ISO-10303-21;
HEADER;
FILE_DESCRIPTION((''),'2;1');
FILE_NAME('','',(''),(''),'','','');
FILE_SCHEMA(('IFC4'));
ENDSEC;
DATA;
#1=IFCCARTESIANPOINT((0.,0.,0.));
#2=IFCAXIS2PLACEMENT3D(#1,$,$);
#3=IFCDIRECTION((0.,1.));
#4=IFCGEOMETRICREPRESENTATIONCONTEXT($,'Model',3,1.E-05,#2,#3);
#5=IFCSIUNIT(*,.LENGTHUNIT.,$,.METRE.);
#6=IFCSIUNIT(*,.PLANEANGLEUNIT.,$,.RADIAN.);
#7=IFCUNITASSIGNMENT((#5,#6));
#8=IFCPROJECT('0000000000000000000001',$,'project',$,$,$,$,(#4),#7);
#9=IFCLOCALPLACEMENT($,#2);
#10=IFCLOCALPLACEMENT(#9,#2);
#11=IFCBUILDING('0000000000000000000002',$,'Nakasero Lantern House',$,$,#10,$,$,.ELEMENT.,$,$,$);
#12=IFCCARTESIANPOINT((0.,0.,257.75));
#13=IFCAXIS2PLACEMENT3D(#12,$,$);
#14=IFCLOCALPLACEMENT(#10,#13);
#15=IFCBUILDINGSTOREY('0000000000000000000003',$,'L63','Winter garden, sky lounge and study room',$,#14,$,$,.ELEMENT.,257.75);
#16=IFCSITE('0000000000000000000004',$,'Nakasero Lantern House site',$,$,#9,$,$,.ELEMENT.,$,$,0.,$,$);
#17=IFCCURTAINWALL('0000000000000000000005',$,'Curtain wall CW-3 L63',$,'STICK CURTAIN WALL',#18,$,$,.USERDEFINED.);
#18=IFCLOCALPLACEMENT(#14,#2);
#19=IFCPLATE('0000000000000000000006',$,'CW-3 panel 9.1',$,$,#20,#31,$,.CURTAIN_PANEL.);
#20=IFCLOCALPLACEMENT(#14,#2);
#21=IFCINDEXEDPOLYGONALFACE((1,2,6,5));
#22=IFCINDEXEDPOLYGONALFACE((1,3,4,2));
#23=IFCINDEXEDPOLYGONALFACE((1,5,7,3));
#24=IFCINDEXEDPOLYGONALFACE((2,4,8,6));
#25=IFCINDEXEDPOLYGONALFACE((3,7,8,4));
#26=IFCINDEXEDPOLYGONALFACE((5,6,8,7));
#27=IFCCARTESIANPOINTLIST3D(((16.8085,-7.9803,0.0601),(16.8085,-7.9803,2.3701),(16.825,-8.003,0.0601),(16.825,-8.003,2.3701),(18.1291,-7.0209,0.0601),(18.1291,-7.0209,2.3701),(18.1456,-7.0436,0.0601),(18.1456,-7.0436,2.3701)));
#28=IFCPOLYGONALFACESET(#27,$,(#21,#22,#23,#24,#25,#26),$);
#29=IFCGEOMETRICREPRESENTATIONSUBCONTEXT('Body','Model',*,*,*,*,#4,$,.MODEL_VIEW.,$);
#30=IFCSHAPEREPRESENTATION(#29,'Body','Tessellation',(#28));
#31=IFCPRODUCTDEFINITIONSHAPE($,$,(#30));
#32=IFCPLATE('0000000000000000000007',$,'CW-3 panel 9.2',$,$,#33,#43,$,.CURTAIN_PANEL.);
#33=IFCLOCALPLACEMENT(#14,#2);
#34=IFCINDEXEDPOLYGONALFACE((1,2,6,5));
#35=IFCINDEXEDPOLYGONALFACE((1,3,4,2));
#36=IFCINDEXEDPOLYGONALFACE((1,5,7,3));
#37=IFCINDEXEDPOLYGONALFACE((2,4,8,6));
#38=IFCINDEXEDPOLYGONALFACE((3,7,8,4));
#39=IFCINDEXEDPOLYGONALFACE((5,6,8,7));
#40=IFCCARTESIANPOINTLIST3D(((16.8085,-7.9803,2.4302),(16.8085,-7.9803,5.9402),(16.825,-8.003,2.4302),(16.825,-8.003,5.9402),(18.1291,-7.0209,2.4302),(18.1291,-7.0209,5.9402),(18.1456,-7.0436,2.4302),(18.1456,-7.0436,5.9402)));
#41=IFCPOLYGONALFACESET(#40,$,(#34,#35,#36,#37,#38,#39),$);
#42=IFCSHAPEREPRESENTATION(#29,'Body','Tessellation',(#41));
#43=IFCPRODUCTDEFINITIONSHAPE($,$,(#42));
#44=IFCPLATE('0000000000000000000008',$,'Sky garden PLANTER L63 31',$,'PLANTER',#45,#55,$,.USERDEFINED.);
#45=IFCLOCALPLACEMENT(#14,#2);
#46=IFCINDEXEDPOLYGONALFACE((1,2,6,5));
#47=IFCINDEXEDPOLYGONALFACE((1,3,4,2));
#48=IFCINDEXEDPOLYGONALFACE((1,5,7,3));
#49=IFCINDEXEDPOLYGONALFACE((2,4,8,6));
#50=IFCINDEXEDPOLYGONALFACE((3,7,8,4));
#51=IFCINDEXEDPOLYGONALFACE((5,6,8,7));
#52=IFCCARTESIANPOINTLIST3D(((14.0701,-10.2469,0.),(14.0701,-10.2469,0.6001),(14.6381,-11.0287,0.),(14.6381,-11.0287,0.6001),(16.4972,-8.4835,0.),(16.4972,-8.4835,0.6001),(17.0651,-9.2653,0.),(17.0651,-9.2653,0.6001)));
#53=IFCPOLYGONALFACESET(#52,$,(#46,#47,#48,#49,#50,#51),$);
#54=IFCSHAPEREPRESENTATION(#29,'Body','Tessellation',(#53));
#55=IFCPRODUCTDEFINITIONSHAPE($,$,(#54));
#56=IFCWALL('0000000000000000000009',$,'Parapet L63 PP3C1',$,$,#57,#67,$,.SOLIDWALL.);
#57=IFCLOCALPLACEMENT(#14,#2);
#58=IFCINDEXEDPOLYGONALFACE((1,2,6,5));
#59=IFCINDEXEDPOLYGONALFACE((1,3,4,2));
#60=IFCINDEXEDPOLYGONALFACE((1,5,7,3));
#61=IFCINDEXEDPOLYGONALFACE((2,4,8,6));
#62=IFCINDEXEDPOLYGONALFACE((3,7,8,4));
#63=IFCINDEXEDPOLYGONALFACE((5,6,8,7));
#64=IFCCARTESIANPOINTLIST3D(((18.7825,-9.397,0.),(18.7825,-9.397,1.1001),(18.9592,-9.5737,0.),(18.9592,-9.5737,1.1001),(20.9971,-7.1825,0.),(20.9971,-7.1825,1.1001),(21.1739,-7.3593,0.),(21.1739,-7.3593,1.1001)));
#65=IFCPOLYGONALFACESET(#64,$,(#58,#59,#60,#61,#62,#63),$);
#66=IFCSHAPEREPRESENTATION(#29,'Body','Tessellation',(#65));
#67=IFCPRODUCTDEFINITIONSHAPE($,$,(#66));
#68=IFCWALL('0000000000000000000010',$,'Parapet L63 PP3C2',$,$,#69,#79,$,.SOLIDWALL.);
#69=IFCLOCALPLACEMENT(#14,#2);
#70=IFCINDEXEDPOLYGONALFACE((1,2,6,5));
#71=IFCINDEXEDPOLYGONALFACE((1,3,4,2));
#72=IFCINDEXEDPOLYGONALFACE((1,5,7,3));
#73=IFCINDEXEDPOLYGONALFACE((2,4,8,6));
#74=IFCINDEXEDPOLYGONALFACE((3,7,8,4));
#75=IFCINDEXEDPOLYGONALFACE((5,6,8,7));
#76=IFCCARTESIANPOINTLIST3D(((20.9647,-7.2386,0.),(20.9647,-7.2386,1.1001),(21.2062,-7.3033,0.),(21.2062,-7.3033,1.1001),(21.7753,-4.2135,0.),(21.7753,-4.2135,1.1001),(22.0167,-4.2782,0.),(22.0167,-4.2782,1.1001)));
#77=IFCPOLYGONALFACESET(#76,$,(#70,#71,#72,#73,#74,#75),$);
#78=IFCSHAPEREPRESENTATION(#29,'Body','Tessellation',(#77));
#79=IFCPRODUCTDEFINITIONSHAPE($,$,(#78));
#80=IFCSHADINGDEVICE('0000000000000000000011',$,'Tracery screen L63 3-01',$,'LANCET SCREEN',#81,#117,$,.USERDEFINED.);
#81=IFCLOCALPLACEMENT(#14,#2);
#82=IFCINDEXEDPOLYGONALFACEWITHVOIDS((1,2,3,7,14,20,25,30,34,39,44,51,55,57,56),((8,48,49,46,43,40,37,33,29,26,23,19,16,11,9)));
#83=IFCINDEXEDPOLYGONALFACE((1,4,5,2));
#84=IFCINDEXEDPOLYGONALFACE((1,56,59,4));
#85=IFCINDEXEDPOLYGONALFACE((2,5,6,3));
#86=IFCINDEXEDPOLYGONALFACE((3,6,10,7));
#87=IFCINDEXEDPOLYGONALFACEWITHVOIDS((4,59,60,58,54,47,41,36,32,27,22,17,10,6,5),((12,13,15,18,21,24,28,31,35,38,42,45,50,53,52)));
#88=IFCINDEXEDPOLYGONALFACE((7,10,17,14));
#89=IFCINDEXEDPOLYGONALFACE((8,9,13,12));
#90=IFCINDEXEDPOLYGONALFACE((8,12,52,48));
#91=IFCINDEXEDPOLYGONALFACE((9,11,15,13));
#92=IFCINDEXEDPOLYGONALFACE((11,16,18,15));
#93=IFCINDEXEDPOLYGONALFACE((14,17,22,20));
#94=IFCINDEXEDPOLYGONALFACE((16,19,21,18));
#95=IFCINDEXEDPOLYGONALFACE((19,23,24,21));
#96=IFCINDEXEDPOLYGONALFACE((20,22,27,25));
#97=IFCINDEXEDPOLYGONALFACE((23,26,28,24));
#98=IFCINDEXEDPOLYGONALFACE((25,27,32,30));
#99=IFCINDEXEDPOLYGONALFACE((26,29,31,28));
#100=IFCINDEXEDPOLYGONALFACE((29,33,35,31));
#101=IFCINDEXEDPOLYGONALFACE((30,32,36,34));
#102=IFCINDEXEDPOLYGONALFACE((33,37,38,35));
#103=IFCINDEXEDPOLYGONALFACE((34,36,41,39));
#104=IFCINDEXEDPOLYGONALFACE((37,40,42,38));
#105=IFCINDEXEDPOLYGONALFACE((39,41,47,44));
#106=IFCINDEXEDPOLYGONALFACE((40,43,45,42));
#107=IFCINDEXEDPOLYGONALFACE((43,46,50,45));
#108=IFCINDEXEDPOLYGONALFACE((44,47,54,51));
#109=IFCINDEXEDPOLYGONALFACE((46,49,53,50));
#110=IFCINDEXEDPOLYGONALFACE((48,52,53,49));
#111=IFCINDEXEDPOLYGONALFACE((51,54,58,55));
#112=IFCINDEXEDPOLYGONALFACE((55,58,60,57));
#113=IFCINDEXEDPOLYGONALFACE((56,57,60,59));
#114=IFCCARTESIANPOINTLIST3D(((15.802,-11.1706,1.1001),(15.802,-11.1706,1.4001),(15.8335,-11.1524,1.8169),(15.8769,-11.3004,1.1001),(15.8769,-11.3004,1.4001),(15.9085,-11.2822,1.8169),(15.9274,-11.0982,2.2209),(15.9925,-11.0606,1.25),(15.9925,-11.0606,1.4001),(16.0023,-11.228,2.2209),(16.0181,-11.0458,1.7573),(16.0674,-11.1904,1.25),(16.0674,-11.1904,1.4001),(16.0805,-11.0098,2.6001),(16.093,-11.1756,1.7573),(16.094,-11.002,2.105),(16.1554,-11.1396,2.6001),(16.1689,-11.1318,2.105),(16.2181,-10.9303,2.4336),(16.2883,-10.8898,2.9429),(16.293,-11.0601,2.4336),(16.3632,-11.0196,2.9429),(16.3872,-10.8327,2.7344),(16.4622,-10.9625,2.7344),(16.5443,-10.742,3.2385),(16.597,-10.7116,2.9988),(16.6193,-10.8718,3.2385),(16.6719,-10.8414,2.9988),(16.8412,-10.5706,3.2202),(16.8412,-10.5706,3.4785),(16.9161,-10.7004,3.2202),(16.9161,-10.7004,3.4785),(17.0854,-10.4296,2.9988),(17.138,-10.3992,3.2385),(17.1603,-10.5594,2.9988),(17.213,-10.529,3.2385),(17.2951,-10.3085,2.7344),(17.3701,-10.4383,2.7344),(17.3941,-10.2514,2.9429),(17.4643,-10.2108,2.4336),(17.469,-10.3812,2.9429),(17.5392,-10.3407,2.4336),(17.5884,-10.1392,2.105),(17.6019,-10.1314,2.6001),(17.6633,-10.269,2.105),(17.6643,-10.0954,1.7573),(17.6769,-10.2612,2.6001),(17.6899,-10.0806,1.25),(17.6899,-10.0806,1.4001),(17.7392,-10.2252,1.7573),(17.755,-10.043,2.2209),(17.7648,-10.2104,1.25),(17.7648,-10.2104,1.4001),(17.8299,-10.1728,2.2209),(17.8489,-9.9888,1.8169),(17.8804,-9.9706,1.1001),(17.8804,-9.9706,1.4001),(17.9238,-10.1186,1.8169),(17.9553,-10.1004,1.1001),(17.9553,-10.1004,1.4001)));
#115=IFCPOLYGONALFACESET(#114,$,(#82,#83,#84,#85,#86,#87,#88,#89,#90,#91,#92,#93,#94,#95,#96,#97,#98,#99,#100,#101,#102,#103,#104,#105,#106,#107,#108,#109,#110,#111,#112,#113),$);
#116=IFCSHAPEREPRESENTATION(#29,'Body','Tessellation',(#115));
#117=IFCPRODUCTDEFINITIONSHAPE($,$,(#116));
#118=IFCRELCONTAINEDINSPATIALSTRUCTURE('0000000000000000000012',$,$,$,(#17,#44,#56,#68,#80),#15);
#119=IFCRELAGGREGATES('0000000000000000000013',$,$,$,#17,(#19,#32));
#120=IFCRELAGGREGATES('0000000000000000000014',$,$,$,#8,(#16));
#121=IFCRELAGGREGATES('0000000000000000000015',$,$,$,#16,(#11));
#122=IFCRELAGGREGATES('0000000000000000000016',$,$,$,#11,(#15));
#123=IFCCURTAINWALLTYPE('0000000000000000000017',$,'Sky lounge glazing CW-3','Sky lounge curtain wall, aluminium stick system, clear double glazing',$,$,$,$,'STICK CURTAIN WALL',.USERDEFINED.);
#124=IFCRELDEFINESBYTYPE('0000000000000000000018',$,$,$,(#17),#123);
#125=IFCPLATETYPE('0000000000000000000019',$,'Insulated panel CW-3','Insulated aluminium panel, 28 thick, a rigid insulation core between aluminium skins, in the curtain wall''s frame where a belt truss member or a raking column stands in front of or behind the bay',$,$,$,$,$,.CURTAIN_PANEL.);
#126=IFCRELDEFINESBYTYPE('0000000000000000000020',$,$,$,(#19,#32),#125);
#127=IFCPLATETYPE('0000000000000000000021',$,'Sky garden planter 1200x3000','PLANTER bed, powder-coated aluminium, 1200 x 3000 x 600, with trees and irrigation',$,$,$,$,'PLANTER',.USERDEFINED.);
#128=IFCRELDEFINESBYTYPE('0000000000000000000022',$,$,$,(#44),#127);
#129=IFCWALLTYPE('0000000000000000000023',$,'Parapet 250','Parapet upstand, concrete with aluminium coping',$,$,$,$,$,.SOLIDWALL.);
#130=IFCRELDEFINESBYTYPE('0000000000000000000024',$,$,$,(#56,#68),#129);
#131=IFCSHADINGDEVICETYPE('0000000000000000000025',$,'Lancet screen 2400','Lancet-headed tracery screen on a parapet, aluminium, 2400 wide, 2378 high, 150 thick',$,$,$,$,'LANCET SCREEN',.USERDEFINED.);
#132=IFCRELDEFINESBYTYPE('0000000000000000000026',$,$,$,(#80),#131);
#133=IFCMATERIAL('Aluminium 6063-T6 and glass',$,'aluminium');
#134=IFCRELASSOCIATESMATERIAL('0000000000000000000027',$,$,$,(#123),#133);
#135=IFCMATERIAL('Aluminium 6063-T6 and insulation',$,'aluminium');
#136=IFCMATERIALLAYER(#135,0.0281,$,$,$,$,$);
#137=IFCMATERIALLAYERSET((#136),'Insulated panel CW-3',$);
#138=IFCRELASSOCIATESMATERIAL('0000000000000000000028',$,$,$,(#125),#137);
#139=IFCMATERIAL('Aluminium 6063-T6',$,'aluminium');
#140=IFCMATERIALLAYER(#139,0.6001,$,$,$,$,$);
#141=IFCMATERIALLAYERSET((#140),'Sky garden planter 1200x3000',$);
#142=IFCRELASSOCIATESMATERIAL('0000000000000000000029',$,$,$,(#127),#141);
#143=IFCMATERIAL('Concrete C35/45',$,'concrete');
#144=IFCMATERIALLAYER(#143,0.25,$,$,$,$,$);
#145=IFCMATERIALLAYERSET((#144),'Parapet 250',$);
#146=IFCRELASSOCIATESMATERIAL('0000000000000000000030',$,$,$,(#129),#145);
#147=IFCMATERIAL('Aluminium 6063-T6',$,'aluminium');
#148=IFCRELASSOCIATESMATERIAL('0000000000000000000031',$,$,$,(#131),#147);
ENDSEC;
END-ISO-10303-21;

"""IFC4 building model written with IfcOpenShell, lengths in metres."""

from ifc_helpers import new_model, si_unit, direction, frame, frame_2d, origin, origin_2d, place, context, subcontext, project, spatial, polyline, rectangle, outline, extrude, material, layer, layer_set, type_object, element, aggregate, save


model = new_model("IFC4")

# Units and contexts
model_context = context("Model", 3, precision=1e-05, world=origin(), true_north=direction((0.0, 1.0)))
body_context = subcontext(model_context, "Body", "Model", "MODEL_VIEW")
ifc_project = project(units=[si_unit("LENGTHUNIT", "METRE"), si_unit("PLANEANGLEUNIT", "RADIAN")], contexts=[model_context])

# Site, building, storey
site_placement = place(None, origin())
site = spatial("IfcSite", under=ifc_project, at=site_placement, Name="Nakasero Lantern House site", CompositionType="ELEMENT", RefElevation=0.0)
building_placement = place(site_placement, origin())
building = spatial("IfcBuilding", under=site, at=building_placement, Name="Nakasero Lantern House", CompositionType="ELEMENT")
storey_placement = place(building_placement, frame((0.0, 0.0, 257.75)))
storey = spatial("IfcBuildingStorey", under=building, at=storey_placement, Name="L63", Description="Winter garden, sky lounge and study room", CompositionType="ELEMENT", Elevation=257.75)

# Curtain wall
ifc_material_1 = material(Name="Aluminium 6063-T6 and glass", Category="aluminium")
curtain_wall_type = type_object("IfcCurtainWallType", Name="Sky lounge glazing CW-3", Description="Sky lounge curtain wall, aluminium stick system, clear double glazing", ElementType="STICK CURTAIN WALL", PredefinedType="USERDEFINED", material=ifc_material_1)
curtain_wall_1_placement = place(storey_placement, origin())
curtain_wall_1 = element("IfcCurtainWall", 1, at=curtain_wall_1_placement, inside=storey, type_object=curtain_wall_type, Name="Curtain wall CW-3 L63", ObjectType="STICK CURTAIN WALL", PredefinedType="USERDEFINED")

# Plates
ifc_material_2 = material(Name="Aluminium 6063-T6 and insulation", Category="aluminium")
ifc_layer_1 = layer(ifc_material_2, 0.0281)
ifc_layer_set_1 = layer_set([ifc_layer_1], Name="Insulated panel CW-3")
plate_type_1 = type_object("IfcPlateType", Name="Insulated panel CW-3", Description="Insulated aluminium panel, 28 thick, a rigid insulation core between aluminium skins, in the curtain wall's frame where a belt truss member or a raking column stands in front of or behind the bay", PredefinedType="CURTAIN_PANEL", material=ifc_layer_set_1)
plate_1_placement = place(storey_placement, frame((17.4771, -7.512, 0.0601), z_axis=(0.0, 0.0, 1.0), x_axis=(0.809017, 0.587785, 0.0)))
plate_1 = element("IfcPlate", 2, at=plate_1_placement, type_object=plate_type_1, Name="CW-3 panel 9.1", PredefinedType="CURTAIN_PANEL", context=body_context, shape_type="SweptSolid", body=[
    extrude(rectangle(XDim=1.6323, YDim=0.0281, at=origin_2d()), origin(), (0.0, 0.0, 1.0), 2.3101),
])
plate_2_placement = place(storey_placement, frame((17.4771, -7.512, 2.4302), z_axis=(0.0, 0.0, 1.0), x_axis=(0.809017, 0.587785, 0.0)))
plate_2 = element("IfcPlate", 3, at=plate_2_placement, type_object=plate_type_1, Name="CW-3 panel 9.2", PredefinedType="CURTAIN_PANEL", context=body_context, shape_type="SweptSolid", body=[
    extrude(rectangle(XDim=1.6323, YDim=0.0281, at=origin_2d()), origin(), (0.0, 0.0, 1.0), 3.51),
])
aggregate(curtain_wall_1, [plate_1, plate_2])
ifc_material_3 = material(Name="Aluminium 6063-T6", Category="aluminium")
ifc_layer_2 = layer(ifc_material_3, 0.6001)
ifc_layer_set_2 = layer_set([ifc_layer_2], Name="Sky garden planter 1200x3000")
plate_type_2 = type_object("IfcPlateType", Name="Sky garden planter 1200x3000", Description="PLANTER bed, powder-coated aluminium, 1200 x 3000 x 600, with trees and irrigation", ElementType="PLANTER", PredefinedType="USERDEFINED", material=ifc_layer_set_2)
plate_3_placement = place(storey_placement, frame((15.5676, -9.7561, 0.0), z_axis=(0.0, 0.0, 1.0), x_axis=(0.587785, -0.809017, 0.0)))
element("IfcPlate", 4, at=plate_3_placement, inside=storey, type_object=plate_type_2, Name="Sky garden PLANTER L63 31", ObjectType="PLANTER", PredefinedType="USERDEFINED", context=body_context, shape_type="SweptSolid", body=[
    extrude(rectangle(XDim=0.9663, YDim=3.0, at=origin_2d()), origin(), (0.0, 0.0, 1.0), 0.6001),
])

# Walls
ifc_material_4 = material(Name="Concrete C35/45", Category="concrete")
ifc_layer_3 = layer(ifc_material_4, 0.25)
ifc_layer_set_3 = layer_set([ifc_layer_3], Name="Parapet 250")
wall_type = type_object("IfcWallType", Name="Parapet 250", Description="Parapet upstand, concrete with aluminium coping", PredefinedType="SOLIDWALL", material=ifc_layer_set_3)
for number, where, z_axis, x_axis, name in (
    (5, (18.8708, -9.4854, 0.0), (0.0, 0.0, 1.0), (0.707146, 0.707068, 0.0), "Parapet L63 PP3C1"),
    (6, (21.0854, -7.271, 0.0), (0.0, 0.0, 1.0), (0.258808, 0.965929, 0.0), "Parapet L63 PP3C2"),
):
    element("IfcWall", number, at=place(storey_placement, frame(where, z_axis=z_axis, x_axis=x_axis)), inside=storey, type_object=wall_type, Name=name, PredefinedType="SOLIDWALL", context=body_context, shape_type="SweptSolid", body=[
        extrude(rectangle(XDim=3.1318, YDim=0.25, at=frame_2d((1.5659, 0.0))), origin(), (0.0, 0.0, 1.0), 1.1001),
    ])

# Shading device
ifc_material_5 = material(Name="Aluminium 6063-T6", Category="aluminium")
shading_device_type = type_object("IfcShadingDeviceType", Name="Lancet screen 2400", Description="Lancet-headed tracery screen on a parapet, aluminium, 2400 wide, 2378 high, 150 thick", ElementType="LANCET SCREEN", PredefinedType="USERDEFINED", material=ifc_material_5)
shading_device_placement = place(storey_placement, frame((16.8787, -10.6355, 1.1001), z_axis=(0.0, 0.0, 1.0), x_axis=(0.866025, 0.5, 0.0)))
element("IfcShadingDevice", 7, at=shading_device_placement, inside=storey, type_object=shading_device_type, Name="Tracery screen L63 3-01", ObjectType="LANCET SCREEN", PredefinedType="USERDEFINED", context=body_context, shape_type="SweptSolid", body=[
    extrude(outline(polyline([(-1.2, 0.0), (1.2, 0.0), (1.2, 0.3), (1.1636, 0.7168), (1.0552, 1.1208), (0.8784, 1.5), (0.6384, 1.8428), (0.3428, 2.1384), (0.0, 2.3784), (-0.3428, 2.1384), (-0.6384, 1.8428), (-0.8784, 1.5), (-1.0552, 1.1208), (-1.1636, 0.7168), (-1.2, 0.3), (-1.2, 0.0)]), holes=[polyline([(-0.98, 0.1499), (0.98, 0.1499), (0.98, 0.3), (0.9504, 0.6572), (0.8628, 1.0049), (0.7195, 1.3335), (0.5242, 1.6343), (0.282, 1.8987), (0.0, 2.1201), (-0.282, 1.8987), (-0.5242, 1.6343), (-0.7195, 1.3335), (-0.8628, 1.0049), (-0.9504, 0.6572), (-0.98, 0.3), (-0.98, 0.1499)])]), frame((0.0, 0.075, 0.0), z_axis=(0.0, -1.0, 0.0), x_axis=(1.0, 0.0, 0.0)), (0.0, 0.0, 1.0), 0.1499),
])

save(model, "model.ifc")
